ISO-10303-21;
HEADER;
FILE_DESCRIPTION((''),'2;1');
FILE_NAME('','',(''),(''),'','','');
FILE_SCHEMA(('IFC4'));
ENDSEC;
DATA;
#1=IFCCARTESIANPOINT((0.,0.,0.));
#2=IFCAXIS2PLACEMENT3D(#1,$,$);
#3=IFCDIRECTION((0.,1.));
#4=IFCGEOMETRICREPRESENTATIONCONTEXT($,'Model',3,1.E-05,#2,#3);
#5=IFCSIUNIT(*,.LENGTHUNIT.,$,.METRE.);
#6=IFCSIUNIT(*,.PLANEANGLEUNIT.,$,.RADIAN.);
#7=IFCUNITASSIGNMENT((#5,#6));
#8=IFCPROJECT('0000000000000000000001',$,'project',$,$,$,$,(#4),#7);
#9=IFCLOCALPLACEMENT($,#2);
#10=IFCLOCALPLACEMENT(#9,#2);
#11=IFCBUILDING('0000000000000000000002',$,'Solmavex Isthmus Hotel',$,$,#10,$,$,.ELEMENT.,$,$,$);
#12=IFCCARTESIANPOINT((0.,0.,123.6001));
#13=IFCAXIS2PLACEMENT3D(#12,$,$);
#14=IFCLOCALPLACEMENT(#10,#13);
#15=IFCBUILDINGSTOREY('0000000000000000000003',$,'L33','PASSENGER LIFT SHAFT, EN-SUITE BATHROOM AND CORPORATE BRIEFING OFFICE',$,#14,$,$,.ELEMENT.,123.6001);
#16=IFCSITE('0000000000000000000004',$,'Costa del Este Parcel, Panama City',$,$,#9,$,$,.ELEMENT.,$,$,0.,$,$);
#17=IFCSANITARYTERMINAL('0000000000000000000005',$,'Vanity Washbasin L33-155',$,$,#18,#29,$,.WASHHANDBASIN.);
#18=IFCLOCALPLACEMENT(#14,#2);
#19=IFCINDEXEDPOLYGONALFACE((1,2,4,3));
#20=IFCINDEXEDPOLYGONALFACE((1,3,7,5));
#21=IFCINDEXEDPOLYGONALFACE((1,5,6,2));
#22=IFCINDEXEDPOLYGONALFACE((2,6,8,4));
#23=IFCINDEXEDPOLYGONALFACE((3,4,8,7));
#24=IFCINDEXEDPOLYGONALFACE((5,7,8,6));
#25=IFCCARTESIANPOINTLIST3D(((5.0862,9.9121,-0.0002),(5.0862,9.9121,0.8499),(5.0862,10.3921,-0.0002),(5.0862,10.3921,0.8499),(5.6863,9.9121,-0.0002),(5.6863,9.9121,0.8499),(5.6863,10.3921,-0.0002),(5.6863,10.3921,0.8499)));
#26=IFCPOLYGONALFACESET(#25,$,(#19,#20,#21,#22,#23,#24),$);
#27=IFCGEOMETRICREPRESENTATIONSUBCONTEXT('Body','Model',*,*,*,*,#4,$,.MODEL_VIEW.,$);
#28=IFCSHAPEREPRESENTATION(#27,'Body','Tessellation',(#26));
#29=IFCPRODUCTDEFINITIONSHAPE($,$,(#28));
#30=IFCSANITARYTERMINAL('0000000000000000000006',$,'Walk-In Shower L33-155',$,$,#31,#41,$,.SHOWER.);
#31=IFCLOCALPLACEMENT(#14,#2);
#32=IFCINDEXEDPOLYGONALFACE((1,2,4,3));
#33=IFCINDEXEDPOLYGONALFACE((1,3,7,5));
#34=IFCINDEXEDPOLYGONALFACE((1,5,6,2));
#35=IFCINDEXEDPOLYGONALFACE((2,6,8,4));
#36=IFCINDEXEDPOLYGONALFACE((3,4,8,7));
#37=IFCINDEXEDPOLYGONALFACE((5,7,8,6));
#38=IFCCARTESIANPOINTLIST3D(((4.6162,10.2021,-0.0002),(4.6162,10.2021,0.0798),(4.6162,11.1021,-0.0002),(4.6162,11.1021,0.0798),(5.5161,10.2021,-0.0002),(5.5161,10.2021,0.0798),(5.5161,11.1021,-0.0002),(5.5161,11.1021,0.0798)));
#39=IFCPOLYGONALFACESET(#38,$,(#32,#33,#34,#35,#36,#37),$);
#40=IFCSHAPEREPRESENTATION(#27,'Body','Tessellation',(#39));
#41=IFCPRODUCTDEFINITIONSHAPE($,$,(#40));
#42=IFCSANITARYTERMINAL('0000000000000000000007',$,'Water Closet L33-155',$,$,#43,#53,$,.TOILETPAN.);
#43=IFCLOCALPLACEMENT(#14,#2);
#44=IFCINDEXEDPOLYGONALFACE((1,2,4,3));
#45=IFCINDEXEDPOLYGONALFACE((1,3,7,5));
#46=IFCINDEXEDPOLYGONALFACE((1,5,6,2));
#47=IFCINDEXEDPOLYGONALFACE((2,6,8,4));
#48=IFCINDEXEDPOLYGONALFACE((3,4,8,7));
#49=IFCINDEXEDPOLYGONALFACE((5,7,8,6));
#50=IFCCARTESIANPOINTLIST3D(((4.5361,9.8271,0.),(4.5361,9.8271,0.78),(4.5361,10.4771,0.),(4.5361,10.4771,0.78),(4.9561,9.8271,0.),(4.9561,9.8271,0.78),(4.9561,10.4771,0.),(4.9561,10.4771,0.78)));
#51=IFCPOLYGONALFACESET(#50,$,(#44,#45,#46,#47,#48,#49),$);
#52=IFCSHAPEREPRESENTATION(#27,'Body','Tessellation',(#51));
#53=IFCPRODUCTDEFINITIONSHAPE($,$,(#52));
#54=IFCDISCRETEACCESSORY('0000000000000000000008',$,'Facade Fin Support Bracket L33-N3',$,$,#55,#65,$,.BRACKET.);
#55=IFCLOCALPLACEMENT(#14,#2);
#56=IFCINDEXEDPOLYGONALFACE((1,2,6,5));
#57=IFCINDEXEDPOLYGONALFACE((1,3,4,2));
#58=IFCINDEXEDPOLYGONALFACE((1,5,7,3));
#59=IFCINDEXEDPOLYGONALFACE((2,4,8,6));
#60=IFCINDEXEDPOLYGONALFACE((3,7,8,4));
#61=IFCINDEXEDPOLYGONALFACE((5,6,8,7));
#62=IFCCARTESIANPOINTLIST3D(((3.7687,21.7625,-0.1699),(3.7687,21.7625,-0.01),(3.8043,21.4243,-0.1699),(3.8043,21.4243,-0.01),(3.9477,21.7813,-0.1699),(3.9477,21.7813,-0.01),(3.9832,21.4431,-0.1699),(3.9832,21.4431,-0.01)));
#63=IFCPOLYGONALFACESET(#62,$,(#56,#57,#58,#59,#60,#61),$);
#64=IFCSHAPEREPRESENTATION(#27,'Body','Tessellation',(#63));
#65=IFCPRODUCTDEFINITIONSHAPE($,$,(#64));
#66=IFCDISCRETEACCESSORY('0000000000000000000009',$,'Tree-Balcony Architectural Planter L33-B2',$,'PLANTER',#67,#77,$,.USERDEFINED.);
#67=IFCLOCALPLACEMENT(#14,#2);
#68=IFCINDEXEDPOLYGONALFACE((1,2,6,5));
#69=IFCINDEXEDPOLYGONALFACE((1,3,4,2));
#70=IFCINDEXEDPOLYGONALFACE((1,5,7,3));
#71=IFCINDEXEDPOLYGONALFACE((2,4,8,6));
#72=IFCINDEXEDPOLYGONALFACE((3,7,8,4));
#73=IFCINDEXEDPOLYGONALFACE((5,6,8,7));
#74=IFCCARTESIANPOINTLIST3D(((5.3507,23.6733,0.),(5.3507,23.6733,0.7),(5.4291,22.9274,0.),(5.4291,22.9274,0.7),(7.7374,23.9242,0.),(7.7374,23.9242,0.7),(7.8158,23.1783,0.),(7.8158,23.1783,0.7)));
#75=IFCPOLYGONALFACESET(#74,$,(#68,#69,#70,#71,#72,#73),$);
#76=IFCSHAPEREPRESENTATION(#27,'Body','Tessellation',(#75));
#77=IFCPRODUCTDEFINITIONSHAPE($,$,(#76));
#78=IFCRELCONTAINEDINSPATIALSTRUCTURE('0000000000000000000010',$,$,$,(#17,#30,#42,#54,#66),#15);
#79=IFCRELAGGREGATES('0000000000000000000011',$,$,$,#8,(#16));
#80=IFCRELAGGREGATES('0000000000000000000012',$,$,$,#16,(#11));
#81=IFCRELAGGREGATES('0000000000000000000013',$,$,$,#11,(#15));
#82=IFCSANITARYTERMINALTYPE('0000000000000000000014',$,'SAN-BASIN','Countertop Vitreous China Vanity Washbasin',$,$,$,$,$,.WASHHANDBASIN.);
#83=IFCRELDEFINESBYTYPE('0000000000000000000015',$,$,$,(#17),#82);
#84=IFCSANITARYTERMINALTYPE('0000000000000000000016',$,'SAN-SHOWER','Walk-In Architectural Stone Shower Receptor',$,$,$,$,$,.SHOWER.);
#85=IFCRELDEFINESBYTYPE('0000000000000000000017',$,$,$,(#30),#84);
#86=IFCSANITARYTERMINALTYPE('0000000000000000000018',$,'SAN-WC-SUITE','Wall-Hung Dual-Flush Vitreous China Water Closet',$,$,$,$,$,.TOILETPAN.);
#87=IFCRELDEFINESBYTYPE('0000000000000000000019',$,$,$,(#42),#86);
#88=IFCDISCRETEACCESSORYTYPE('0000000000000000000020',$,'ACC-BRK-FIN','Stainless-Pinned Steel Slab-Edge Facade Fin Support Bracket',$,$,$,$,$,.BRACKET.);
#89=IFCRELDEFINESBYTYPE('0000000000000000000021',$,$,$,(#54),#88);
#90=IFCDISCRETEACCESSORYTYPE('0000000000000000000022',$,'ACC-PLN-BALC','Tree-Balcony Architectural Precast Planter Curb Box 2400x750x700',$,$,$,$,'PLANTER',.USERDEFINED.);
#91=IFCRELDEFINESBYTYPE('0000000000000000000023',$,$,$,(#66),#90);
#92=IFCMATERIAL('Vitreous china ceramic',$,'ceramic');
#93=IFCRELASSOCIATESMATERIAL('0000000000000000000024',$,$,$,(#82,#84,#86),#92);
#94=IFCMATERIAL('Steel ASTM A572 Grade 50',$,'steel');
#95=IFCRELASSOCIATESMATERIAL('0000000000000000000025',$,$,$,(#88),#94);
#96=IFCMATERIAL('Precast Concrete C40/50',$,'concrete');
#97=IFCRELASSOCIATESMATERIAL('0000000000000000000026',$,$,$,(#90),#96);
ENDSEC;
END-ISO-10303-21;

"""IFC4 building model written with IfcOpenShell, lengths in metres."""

from ifc_helpers import new_model, si_unit, direction, frame, origin, origin_2d, place, context, subcontext, project, spatial, rectangle, extrude, material, type_object, element, save


model = new_model("IFC4")

# Units and contexts
model_context = context("Model", 3, precision=1e-05, world=origin(), true_north=direction((0.0, 1.0)))
body_context = subcontext(model_context, "Body", "Model", "MODEL_VIEW")
ifc_project = project(units=[si_unit("LENGTHUNIT", "METRE"), si_unit("PLANEANGLEUNIT", "RADIAN")], contexts=[model_context])

# Site, building, storey
site_placement = place(None, origin())
site = spatial("IfcSite", under=ifc_project, at=site_placement, Name="Costa del Este Parcel, Panama City", CompositionType="ELEMENT", RefElevation=0.0)
building_placement = place(site_placement, origin())
building = spatial("IfcBuilding", under=site, at=building_placement, Name="Solmavex Isthmus Hotel", CompositionType="ELEMENT")
storey_placement = place(building_placement, frame((0.0, 0.0, 123.6001)))
storey = spatial("IfcBuildingStorey", under=building, at=storey_placement, Name="L33", Description="PASSENGER LIFT SHAFT, EN-SUITE BATHROOM AND CORPORATE BRIEFING OFFICE", CompositionType="ELEMENT", Elevation=123.6001)

# Shared definitions
ifc_material_1 = material(Name="Precast Concrete C40/50", Category="concrete")

# Sanitary terminals
ifc_material_2 = material(Name="Vitreous china ceramic", Category="ceramic")
sanitary_terminal_type_1 = type_object("IfcSanitaryTerminalType", Name="SAN-BASIN", Description="Countertop Vitreous China Vanity Washbasin", PredefinedType="WASHHANDBASIN", material=ifc_material_2)
sanitary_terminal_1_placement = place(storey_placement, frame((5.3862, 10.1521, -0.0002), z_axis=(0.0, 0.0, 1.0), x_axis=(1.0, 0.0, 0.0)))
element("IfcSanitaryTerminal", 1, at=sanitary_terminal_1_placement, inside=storey, type_object=sanitary_terminal_type_1, Name="Vanity Washbasin L33-155", PredefinedType="WASHHANDBASIN", context=body_context, shape_type="SweptSolid", body=[
    extrude(rectangle(XDim=0.6001, YDim=0.48, at=origin_2d()), origin(), (0.0, 0.0, 1.0), 0.8501),
])
sanitary_terminal_type_2 = type_object("IfcSanitaryTerminalType", Name="SAN-SHOWER", Description="Walk-In Architectural Stone Shower Receptor", PredefinedType="SHOWER", material=ifc_material_2)
sanitary_terminal_2_placement = place(storey_placement, frame((5.0662, 10.6521, -0.0002), z_axis=(0.0, 0.0, 1.0), x_axis=(1.0, 0.0, 0.0)))
element("IfcSanitaryTerminal", 2, at=sanitary_terminal_2_placement, inside=storey, type_object=sanitary_terminal_type_2, Name="Walk-In Shower L33-155", PredefinedType="SHOWER", context=body_context, shape_type="SweptSolid", body=[
    extrude(rectangle(XDim=0.8999, YDim=0.8999, at=origin_2d()), origin(), (0.0, 0.0, 1.0), 0.0801),
])
sanitary_terminal_type_3 = type_object("IfcSanitaryTerminalType", Name="SAN-WC-SUITE", Description="Wall-Hung Dual-Flush Vitreous China Water Closet", PredefinedType="TOILETPAN", material=ifc_material_2)
sanitary_terminal_3_placement = place(storey_placement, frame((4.7461, 10.1521, 0.0), z_axis=(0.0, 0.0, 1.0), x_axis=(1.0, 0.0, 0.0)))
element("IfcSanitaryTerminal", 3, at=sanitary_terminal_3_placement, inside=storey, type_object=sanitary_terminal_type_3, Name="Water Closet L33-155", PredefinedType="TOILETPAN", context=body_context, shape_type="SweptSolid", body=[
    extrude(rectangle(XDim=0.4199, YDim=0.6499, at=origin_2d()), origin(), (0.0, 0.0, 1.0), 0.78),
])

# Discrete accessories
ifc_material_3 = material(Name="Steel ASTM A572 Grade 50", Category="steel")
discrete_accessory_type_1 = type_object("IfcDiscreteAccessoryType", Name="ACC-BRK-FIN", Description="Stainless-Pinned Steel Slab-Edge Facade Fin Support Bracket", PredefinedType="BRACKET", material=ifc_material_3)
discrete_accessory_1_placement = place(storey_placement, frame((3.876, 21.6028, -0.1699), z_axis=(0.0, 0.0, 1.0), x_axis=(-0.104528, 0.994522, 0.0)))
element("IfcDiscreteAccessory", 4, at=discrete_accessory_1_placement, inside=storey, type_object=discrete_accessory_type_1, Name="Facade Fin Support Bracket L33-N3", PredefinedType="BRACKET", context=body_context, shape_type="SweptSolid", body=[
    extrude(rectangle(XDim=0.3401, YDim=0.1799, at=origin_2d()), origin(), (0.0, 0.0, 1.0), 0.1599),
])
discrete_accessory_type_2 = type_object("IfcDiscreteAccessoryType", Name="ACC-PLN-BALC", Description="Tree-Balcony Architectural Precast Planter Curb Box 2400x750x700", ElementType="PLANTER", PredefinedType="USERDEFINED", material=ifc_material_1)
discrete_accessory_2_placement = place(storey_placement, frame((6.5833, 23.4258, 0.0), z_axis=(0.0, 0.0, 1.0), x_axis=(0.994522, 0.104528, 0.0)))
element("IfcDiscreteAccessory", 5, at=discrete_accessory_2_placement, inside=storey, type_object=discrete_accessory_type_2, Name="Tree-Balcony Architectural Planter L33-B2", ObjectType="PLANTER", PredefinedType="USERDEFINED", context=body_context, shape_type="SweptSolid", body=[
    extrude(rectangle(XDim=2.3999, YDim=0.75, at=origin_2d()), origin(), (0.0, 0.0, 1.0), 0.7),
])

save(model, "model.ifc")
